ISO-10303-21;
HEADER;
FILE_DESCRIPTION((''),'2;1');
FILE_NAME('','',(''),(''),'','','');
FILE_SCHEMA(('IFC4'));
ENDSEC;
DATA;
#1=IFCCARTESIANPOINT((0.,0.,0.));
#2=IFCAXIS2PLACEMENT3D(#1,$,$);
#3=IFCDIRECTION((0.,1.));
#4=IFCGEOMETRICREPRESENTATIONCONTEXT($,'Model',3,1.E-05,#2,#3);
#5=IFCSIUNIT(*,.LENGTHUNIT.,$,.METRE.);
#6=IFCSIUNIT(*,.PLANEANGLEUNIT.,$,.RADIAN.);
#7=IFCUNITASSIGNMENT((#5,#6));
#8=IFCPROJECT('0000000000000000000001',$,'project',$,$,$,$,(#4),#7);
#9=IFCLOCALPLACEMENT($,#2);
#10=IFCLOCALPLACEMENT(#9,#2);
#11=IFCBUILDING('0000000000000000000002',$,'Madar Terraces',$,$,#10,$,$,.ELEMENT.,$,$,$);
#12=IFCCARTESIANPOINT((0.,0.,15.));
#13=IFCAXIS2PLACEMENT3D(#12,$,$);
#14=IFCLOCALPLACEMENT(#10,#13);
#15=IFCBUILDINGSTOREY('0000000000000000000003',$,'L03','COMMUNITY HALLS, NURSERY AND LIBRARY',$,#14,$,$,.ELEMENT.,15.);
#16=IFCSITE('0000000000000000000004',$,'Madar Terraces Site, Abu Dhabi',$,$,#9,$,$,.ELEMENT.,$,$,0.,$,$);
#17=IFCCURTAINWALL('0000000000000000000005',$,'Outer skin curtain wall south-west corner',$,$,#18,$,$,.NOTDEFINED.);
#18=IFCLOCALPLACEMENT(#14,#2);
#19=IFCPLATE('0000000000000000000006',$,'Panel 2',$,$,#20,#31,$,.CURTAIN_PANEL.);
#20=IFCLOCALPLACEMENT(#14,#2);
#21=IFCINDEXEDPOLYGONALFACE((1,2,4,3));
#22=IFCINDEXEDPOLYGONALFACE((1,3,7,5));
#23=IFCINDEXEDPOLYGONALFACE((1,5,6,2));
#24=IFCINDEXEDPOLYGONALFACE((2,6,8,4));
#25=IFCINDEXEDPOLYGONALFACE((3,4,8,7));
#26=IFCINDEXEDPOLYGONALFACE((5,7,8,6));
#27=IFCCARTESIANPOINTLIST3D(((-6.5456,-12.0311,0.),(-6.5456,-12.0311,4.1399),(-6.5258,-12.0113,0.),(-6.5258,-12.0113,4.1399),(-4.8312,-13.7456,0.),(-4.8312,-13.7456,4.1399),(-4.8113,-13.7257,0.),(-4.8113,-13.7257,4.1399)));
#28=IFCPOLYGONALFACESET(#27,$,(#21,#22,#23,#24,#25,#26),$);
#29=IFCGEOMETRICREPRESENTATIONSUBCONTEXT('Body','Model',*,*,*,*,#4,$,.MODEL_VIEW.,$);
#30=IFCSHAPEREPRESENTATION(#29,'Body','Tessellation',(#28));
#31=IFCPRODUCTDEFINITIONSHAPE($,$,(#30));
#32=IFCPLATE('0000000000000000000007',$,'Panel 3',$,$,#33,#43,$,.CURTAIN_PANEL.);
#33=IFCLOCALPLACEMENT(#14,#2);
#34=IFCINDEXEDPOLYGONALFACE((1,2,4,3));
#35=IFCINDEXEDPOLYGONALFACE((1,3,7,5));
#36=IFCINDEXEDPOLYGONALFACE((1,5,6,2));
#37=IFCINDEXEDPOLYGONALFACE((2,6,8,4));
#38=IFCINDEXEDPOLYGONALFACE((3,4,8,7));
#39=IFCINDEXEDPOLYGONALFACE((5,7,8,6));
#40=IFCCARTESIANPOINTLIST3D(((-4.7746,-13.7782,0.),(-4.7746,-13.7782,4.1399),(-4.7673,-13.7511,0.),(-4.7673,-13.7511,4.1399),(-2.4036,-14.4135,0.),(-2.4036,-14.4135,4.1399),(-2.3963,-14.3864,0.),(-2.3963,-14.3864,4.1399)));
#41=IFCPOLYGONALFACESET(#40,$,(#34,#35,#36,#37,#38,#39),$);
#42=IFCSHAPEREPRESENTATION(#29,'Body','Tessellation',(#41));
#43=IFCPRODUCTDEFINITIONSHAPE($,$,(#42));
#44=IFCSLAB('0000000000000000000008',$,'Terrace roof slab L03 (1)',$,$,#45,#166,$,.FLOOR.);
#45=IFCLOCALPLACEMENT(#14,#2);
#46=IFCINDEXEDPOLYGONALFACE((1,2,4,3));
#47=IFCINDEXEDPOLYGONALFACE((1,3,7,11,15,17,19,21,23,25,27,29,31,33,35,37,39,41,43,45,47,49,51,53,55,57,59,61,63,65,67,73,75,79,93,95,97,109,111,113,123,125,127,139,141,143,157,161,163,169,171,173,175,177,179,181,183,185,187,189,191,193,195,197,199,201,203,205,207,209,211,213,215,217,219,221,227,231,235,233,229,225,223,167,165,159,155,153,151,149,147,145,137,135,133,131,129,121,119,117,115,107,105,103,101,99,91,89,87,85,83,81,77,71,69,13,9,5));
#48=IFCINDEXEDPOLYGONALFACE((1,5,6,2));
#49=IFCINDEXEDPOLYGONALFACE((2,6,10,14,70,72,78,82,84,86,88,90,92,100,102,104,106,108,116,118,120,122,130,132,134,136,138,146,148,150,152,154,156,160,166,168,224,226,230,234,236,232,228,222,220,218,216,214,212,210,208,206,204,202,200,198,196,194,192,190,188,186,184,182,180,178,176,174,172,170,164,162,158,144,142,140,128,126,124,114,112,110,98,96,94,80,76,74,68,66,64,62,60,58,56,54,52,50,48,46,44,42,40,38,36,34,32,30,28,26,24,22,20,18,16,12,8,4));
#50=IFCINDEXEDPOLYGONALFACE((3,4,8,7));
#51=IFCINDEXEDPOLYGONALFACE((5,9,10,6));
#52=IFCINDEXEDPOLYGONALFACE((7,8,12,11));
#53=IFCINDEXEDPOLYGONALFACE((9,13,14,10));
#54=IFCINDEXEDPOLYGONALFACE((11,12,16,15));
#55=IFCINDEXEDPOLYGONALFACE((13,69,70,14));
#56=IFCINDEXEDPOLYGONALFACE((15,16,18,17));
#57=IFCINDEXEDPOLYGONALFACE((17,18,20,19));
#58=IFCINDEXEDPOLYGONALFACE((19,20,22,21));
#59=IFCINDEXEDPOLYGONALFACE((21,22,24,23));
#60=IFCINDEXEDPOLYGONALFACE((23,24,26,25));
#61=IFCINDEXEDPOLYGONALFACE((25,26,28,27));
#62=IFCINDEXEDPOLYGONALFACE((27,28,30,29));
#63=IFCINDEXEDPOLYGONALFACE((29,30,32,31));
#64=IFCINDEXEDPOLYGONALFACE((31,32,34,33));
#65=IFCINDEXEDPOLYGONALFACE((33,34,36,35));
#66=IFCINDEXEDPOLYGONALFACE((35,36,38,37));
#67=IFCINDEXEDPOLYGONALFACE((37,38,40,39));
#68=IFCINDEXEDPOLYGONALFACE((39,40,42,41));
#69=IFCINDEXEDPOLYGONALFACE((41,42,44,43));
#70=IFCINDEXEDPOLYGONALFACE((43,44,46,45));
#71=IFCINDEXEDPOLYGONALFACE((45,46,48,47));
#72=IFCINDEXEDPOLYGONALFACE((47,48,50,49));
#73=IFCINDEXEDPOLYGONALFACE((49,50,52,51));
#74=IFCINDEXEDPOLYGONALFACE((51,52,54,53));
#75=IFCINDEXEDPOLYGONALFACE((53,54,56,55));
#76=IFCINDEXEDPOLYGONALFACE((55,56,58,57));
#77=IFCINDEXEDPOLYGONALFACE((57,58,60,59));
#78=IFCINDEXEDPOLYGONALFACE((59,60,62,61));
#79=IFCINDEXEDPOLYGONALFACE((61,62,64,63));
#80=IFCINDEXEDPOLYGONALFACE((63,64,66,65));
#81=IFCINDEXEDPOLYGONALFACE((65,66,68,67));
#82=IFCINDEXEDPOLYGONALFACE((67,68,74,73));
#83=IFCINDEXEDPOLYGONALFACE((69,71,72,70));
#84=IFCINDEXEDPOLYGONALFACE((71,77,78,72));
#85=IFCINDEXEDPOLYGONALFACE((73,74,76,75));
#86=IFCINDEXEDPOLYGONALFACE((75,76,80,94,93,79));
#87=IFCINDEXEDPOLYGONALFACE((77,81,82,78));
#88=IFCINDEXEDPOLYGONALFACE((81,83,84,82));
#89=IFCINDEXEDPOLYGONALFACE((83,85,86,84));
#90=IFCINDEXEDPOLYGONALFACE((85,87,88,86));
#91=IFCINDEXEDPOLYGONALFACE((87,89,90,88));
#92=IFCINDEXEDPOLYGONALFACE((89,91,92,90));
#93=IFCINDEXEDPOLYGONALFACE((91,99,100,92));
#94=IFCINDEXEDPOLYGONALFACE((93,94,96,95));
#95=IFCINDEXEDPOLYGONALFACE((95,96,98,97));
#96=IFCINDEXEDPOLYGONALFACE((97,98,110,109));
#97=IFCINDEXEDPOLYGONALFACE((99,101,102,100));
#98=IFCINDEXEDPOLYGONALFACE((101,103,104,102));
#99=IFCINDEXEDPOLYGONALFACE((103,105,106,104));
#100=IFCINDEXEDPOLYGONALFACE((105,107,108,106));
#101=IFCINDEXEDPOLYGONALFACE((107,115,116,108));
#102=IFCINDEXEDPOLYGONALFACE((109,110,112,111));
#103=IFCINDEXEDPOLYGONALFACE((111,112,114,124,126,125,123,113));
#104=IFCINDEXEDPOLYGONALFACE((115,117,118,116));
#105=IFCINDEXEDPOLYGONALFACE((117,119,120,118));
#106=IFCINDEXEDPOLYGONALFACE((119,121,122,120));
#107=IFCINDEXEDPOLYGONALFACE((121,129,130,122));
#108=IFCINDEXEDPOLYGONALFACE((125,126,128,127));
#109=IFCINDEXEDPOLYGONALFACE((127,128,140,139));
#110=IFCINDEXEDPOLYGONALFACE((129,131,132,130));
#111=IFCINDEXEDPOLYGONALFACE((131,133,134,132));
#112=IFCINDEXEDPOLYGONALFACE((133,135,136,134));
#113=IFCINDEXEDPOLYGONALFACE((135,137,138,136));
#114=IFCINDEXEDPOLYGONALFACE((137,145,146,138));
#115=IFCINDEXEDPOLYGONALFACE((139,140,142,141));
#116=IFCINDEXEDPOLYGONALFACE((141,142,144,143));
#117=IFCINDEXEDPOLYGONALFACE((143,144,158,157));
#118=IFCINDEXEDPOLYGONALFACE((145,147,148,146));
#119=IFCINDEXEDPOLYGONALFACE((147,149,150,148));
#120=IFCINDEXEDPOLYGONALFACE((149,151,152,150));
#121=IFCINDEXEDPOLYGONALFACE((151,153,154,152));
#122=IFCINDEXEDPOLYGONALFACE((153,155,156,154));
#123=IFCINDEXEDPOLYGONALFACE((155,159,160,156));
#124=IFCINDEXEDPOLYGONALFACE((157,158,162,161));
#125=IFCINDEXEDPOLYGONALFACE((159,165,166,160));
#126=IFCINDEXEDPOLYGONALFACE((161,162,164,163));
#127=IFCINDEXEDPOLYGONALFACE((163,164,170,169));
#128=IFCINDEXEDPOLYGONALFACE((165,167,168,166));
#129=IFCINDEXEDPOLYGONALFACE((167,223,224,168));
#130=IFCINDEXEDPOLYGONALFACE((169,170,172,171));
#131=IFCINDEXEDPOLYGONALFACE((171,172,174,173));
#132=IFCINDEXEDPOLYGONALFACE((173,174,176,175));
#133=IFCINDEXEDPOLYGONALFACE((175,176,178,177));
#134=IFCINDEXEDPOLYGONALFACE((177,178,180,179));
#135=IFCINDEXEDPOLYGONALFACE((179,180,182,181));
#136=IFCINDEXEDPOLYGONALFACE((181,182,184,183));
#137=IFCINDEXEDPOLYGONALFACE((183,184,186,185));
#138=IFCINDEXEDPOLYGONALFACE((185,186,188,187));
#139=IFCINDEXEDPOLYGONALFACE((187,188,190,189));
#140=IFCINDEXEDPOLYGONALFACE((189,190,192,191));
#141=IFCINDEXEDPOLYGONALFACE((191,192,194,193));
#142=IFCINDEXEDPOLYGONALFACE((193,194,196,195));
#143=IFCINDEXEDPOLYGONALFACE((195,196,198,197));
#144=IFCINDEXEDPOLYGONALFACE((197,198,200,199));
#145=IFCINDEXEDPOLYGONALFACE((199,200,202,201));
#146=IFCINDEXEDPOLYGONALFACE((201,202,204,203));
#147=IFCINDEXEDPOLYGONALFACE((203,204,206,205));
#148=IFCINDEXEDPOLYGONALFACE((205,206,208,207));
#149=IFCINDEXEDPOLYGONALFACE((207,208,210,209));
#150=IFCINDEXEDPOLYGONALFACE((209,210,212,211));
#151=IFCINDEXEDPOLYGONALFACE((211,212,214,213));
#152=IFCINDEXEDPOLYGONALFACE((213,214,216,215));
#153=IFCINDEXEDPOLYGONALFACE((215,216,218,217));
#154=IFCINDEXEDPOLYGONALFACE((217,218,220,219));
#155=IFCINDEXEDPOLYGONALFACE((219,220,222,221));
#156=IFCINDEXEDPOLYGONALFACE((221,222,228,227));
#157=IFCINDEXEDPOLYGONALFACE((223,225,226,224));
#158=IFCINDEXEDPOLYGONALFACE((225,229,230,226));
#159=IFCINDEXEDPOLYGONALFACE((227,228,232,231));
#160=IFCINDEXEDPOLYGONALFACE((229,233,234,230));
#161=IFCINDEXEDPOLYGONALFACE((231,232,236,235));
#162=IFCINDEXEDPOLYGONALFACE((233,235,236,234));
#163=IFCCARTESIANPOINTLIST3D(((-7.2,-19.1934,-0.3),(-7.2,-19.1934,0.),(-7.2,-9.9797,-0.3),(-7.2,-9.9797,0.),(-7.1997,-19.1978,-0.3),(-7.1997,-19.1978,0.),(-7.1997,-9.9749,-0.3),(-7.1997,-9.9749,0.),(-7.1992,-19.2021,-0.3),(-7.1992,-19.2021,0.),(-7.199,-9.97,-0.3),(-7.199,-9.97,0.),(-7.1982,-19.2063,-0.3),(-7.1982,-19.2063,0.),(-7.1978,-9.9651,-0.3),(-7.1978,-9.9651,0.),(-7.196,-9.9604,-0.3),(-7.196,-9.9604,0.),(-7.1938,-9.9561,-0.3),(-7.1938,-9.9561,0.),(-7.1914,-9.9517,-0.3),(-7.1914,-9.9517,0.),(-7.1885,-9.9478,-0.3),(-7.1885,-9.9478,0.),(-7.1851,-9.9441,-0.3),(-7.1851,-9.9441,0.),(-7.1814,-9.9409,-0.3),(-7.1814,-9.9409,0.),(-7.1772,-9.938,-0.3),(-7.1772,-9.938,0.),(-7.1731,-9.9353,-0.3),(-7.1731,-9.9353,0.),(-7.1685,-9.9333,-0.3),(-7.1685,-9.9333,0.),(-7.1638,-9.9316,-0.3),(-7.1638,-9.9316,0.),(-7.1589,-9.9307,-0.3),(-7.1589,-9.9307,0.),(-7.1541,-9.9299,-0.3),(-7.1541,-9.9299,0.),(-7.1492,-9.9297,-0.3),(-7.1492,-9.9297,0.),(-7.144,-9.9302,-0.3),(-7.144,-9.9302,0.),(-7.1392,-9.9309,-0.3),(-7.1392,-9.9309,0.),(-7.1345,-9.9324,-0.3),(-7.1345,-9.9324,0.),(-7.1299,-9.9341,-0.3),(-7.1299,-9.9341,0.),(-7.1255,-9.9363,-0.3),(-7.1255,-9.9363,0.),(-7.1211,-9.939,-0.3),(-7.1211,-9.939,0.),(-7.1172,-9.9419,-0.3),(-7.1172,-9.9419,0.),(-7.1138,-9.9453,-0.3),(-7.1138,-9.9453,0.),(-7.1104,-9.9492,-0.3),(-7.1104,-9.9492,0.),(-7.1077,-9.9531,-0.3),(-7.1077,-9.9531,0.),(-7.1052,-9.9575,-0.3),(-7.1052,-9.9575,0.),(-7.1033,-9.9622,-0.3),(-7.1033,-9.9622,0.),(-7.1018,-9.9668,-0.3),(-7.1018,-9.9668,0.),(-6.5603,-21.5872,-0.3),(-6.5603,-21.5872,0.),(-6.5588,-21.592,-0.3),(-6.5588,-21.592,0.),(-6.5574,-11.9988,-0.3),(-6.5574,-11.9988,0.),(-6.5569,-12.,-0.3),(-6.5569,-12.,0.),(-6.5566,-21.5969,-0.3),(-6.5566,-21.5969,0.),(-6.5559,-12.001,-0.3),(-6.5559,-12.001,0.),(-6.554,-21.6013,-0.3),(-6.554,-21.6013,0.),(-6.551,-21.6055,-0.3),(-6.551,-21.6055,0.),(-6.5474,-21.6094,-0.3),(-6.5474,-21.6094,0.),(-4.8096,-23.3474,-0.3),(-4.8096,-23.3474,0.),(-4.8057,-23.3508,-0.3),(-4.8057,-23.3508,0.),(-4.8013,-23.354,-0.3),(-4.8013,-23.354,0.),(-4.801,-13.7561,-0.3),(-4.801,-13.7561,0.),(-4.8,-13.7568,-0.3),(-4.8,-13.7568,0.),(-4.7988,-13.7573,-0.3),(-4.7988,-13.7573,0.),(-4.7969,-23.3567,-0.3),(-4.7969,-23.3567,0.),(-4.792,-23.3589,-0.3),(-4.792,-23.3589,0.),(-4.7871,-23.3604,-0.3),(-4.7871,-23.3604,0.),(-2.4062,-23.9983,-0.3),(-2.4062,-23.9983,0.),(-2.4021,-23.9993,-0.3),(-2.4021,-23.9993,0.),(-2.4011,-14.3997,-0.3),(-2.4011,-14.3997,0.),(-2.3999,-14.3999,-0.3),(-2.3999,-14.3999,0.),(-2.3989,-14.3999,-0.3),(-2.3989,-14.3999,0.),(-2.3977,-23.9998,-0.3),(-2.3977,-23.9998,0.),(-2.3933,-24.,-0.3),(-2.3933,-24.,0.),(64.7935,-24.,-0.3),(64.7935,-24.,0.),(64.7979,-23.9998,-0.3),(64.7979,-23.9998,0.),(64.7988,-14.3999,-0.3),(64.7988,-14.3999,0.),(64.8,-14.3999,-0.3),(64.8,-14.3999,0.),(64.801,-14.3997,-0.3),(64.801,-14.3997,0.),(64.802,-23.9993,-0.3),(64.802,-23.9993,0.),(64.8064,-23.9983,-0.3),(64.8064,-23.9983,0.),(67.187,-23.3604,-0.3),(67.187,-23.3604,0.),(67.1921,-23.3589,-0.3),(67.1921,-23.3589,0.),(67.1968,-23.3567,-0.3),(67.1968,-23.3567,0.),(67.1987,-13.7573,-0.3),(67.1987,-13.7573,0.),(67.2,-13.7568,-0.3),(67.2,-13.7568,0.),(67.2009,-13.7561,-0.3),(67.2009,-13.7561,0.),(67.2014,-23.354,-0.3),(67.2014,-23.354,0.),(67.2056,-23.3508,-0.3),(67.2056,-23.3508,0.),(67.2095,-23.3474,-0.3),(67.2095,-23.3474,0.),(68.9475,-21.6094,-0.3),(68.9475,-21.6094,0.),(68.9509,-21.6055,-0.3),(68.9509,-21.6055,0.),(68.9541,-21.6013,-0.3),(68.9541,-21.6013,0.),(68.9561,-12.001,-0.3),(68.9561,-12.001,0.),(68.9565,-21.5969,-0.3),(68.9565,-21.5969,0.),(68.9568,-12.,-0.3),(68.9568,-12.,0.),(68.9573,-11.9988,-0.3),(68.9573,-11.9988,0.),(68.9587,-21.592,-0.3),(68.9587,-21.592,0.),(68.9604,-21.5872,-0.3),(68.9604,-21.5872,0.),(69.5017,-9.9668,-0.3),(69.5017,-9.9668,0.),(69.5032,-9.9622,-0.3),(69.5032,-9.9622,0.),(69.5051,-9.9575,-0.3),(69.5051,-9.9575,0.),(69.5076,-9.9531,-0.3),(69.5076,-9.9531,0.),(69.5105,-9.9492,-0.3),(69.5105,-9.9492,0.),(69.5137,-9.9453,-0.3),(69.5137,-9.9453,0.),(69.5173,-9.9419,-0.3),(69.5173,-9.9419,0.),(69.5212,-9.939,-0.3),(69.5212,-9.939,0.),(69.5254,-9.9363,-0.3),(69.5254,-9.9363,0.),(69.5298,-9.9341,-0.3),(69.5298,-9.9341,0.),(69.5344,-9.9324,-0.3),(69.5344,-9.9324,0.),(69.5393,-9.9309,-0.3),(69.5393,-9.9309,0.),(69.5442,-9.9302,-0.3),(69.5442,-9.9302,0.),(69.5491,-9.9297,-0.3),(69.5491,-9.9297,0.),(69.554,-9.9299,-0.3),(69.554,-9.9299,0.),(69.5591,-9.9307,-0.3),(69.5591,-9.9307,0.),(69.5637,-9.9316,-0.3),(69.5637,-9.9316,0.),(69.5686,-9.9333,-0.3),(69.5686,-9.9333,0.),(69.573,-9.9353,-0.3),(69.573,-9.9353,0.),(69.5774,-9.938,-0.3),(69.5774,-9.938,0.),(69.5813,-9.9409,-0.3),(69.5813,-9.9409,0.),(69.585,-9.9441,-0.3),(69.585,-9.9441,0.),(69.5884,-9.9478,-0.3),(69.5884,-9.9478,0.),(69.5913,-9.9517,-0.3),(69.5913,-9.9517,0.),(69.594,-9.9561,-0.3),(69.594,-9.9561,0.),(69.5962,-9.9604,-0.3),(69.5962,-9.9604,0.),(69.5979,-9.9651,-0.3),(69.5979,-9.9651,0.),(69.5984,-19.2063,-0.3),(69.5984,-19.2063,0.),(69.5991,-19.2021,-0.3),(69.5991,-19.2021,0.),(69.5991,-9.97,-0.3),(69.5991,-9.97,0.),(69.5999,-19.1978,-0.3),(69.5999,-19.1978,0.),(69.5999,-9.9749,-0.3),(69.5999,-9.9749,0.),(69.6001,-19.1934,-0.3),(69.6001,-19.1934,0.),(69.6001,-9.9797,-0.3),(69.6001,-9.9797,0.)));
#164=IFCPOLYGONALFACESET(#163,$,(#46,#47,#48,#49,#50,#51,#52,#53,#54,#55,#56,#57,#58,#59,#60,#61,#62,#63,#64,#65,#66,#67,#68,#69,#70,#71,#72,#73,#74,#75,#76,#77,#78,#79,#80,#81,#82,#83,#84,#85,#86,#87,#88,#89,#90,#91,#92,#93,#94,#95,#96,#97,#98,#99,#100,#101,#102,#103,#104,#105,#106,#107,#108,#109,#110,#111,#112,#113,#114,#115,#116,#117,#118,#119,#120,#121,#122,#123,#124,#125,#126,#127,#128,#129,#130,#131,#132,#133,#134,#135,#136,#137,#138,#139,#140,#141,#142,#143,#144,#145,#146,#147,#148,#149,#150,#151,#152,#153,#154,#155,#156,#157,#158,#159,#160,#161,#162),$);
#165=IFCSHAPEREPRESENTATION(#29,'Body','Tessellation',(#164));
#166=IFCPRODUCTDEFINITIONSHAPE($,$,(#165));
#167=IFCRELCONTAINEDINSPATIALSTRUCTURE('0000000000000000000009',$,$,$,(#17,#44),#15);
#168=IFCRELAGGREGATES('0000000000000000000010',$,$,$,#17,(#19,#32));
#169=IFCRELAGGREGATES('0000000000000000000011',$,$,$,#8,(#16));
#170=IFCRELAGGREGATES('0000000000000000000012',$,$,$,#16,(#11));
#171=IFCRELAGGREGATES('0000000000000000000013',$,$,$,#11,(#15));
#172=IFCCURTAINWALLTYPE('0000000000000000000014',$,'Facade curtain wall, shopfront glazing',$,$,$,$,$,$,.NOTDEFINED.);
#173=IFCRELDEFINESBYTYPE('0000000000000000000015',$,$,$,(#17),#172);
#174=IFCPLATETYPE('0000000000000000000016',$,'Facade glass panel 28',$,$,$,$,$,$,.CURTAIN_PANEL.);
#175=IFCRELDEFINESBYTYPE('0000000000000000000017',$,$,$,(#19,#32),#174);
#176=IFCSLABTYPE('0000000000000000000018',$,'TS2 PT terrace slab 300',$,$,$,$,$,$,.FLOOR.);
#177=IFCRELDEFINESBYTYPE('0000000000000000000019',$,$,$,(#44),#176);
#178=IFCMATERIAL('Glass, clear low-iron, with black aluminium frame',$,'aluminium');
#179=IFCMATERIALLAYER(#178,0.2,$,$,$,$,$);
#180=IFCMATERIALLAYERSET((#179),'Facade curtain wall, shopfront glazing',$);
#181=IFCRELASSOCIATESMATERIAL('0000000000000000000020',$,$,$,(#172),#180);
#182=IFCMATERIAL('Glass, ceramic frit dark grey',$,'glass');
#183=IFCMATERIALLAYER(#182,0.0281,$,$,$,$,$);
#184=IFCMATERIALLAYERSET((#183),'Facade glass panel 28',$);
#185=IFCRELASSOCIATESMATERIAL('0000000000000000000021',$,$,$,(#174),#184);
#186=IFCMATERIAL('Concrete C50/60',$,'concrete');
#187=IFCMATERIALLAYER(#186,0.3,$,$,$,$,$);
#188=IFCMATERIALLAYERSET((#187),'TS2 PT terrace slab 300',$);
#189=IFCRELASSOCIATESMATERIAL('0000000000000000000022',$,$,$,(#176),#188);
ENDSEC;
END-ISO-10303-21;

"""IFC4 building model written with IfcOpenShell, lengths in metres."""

from ifc_helpers import new_model, si_unit, direction, frame, origin, origin_2d, place, context, subcontext, project, spatial, polyline, rectangle, outline, extrude, material, layer, layer_set, type_object, element, aggregate, save


model = new_model("IFC4")

# Units and contexts
model_context = context("Model", 3, precision=1e-05, world=origin(), true_north=direction((0.0, 1.0)))
body_context = subcontext(model_context, "Body", "Model", "MODEL_VIEW")
ifc_project = project(units=[si_unit("LENGTHUNIT", "METRE"), si_unit("PLANEANGLEUNIT", "RADIAN")], contexts=[model_context])

# Site, building, storey
site_placement = place(None, origin())
site = spatial("IfcSite", under=ifc_project, at=site_placement, Name="Madar Terraces Site, Abu Dhabi", CompositionType="ELEMENT", RefElevation=0.0)
building_placement = place(site_placement, origin())
building = spatial("IfcBuilding", under=site, at=building_placement, Name="Madar Terraces", CompositionType="ELEMENT")
storey_placement = place(building_placement, frame((0.0, 0.0, 15.0)))
storey = spatial("IfcBuildingStorey", under=building, at=storey_placement, Name="L03", Description="COMMUNITY HALLS, NURSERY AND LIBRARY", CompositionType="ELEMENT", Elevation=15.0)

# Curtain wall
ifc_material_1 = material(Name="Glass, clear low-iron, with black aluminium frame", Category="aluminium")
ifc_layer_1 = layer(ifc_material_1, 0.2)
ifc_layer_set_1 = layer_set([ifc_layer_1], Name="Facade curtain wall, shopfront glazing")
curtain_wall_type = type_object("IfcCurtainWallType", Name="Facade curtain wall, shopfront glazing", PredefinedType="NOTDEFINED", material=ifc_layer_set_1)
curtain_wall_1_placement = place(storey_placement, origin())
curtain_wall_1 = element("IfcCurtainWall", 1, at=curtain_wall_1_placement, inside=storey, type_object=curtain_wall_type, Name="Outer skin curtain wall south-west corner", PredefinedType="NOTDEFINED")

# Plates
ifc_material_2 = material(Name="Glass, ceramic frit dark grey", Category="glass")
ifc_layer_2 = layer(ifc_material_2, 0.0281)
ifc_layer_set_2 = layer_set([ifc_layer_2], Name="Facade glass panel 28")
plate_type = type_object("IfcPlateType", Name="Facade glass panel 28", PredefinedType="CURTAIN_PANEL", material=ifc_layer_set_2)
plate_1_placement = place(storey_placement, frame((-5.6785, -12.8784, 0.0), z_axis=(0.0, 0.0, 1.0), x_axis=(0.707107, -0.707107, 0.0)))
plate_1 = element("IfcPlate", 2, at=plate_1_placement, type_object=plate_type, Name="Panel 2", PredefinedType="CURTAIN_PANEL", context=body_context, shape_type="SweptSolid", body=[
    extrude(rectangle(XDim=2.4246, YDim=0.0281, at=origin_2d()), origin(), (0.0, 0.0, 1.0), 4.1399),
])
plate_2_placement = place(storey_placement, frame((-3.5854, -14.0823, 0.0), z_axis=(0.0, 0.0, 1.0), x_axis=(0.965926, -0.258819, 0.0)))
plate_2 = element("IfcPlate", 3, at=plate_2_placement, type_object=plate_type, Name="Panel 3", PredefinedType="CURTAIN_PANEL", context=body_context, shape_type="SweptSolid", body=[
    extrude(rectangle(XDim=2.4546, YDim=0.0281, at=origin_2d()), origin(), (0.0, 0.0, 1.0), 4.1399),
])
aggregate(curtain_wall_1, [plate_1, plate_2])

# Slab
ifc_material_3 = material(Name="Concrete C50/60", Category="concrete")
ifc_layer_3 = layer(ifc_material_3, 0.3)
ifc_layer_set_3 = layer_set([ifc_layer_3], Name="TS2 PT terrace slab 300")
slab_type_1 = type_object("IfcSlabType", Name="TS2 PT terrace slab 300", PredefinedType="FLOOR", material=ifc_layer_set_3)
slab_1_placement = place(storey_placement, frame((0.0, 0.0, -0.3)))
element("IfcSlab", 4, at=slab_1_placement, inside=storey, type_object=slab_type_1, Name="Terrace roof slab L03 (1)", PredefinedType="FLOOR", context=body_context, shape_type="SweptSolid", body=[
    extrude(outline(polyline([(-6.5574, -11.9988), (-7.1018, -9.9668), (-7.1033, -9.9622), (-7.1052, -9.9575), (-7.1077, -9.9531), (-7.1104, -9.9492), (-7.1138, -9.9453), (-7.1172, -9.9419), (-7.1211, -9.939), (-7.1255, -9.9363), (-7.1299, -9.9341), (-7.1345, -9.9324), (-7.1392, -9.9309), (-7.144, -9.9302), (-7.1492, -9.9297), (-7.1541, -9.9299), (-7.1589, -9.9307), (-7.1638, -9.9316), (-7.1685, -9.9333), (-7.1731, -9.9353), (-7.1772, -9.938), (-7.1814, -9.9409), (-7.1851, -9.9441), (-7.1885, -9.9478), (-7.1914, -9.9517), (-7.1938, -9.9561), (-7.196, -9.9604), (-7.1978, -9.9651), (-7.199, -9.97), (-7.1997, -9.9749), (-7.2, -9.9797), (-7.2, -19.1934), (-7.1997, -19.1978), (-7.1992, -19.2021), (-7.1982, -19.2063), (-6.5603, -21.5872), (-6.5588, -21.592), (-6.5566, -21.5969), (-6.554, -21.6013), (-6.551, -21.6055), (-6.5474, -21.6094), (-4.8096, -23.3474), (-4.8057, -23.3508), (-4.8013, -23.354), (-4.7969, -23.3567), (-4.792, -23.3589), (-4.7871, -23.3604), (-2.4062, -23.9983), (-2.4021, -23.9993), (-2.3977, -23.9998), (-2.3933, -24.0), (64.7935, -24.0), (64.7979, -23.9998), (64.802, -23.9993), (64.8064, -23.9983), (67.187, -23.3604), (67.1921, -23.3589), (67.1968, -23.3567), (67.2014, -23.354), (67.2056, -23.3508), (67.2095, -23.3474), (68.9475, -21.6094), (68.9509, -21.6055), (68.9541, -21.6013), (68.9565, -21.5969), (68.9587, -21.592), (68.9604, -21.5872), (69.5984, -19.2063), (69.5991, -19.2021), (69.5999, -19.1978), (69.6001, -19.1934), (69.6001, -9.9797), (69.5999, -9.9749), (69.5991, -9.97), (69.5979, -9.9651), (69.5962, -9.9604), (69.594, -9.9561), (69.5913, -9.9517), (69.5884, -9.9478), (69.585, -9.9441), (69.5813, -9.9409), (69.5774, -9.938), (69.573, -9.9353), (69.5686, -9.9333), (69.5637, -9.9316), (69.5591, -9.9307), (69.554, -9.9299), (69.5491, -9.9297), (69.5442, -9.9302), (69.5393, -9.9309), (69.5344, -9.9324), (69.5298, -9.9341), (69.5254, -9.9363), (69.5212, -9.939), (69.5173, -9.9419), (69.5137, -9.9453), (69.5105, -9.9492), (69.5076, -9.9531), (69.5051, -9.9575), (69.5032, -9.9622), (69.5017, -9.9668), (68.9573, -11.9988), (68.9568, -12.0), (68.9561, -12.001), (67.2009, -13.7561), (67.2, -13.7568), (67.1987, -13.7573), (64.801, -14.3997), (64.8, -14.3999), (64.7988, -14.3999), (-2.3989, -14.3999), (-2.3999, -14.3999), (-2.4011, -14.3997), (-4.7988, -13.7573), (-4.8, -13.7568), (-4.801, -13.7561), (-6.5559, -12.001), (-6.5569, -12.0), (-6.5574, -11.9988)])), origin(), (0.0, 0.0, 1.0), 0.3),
])

save(model, "model.ifc")
